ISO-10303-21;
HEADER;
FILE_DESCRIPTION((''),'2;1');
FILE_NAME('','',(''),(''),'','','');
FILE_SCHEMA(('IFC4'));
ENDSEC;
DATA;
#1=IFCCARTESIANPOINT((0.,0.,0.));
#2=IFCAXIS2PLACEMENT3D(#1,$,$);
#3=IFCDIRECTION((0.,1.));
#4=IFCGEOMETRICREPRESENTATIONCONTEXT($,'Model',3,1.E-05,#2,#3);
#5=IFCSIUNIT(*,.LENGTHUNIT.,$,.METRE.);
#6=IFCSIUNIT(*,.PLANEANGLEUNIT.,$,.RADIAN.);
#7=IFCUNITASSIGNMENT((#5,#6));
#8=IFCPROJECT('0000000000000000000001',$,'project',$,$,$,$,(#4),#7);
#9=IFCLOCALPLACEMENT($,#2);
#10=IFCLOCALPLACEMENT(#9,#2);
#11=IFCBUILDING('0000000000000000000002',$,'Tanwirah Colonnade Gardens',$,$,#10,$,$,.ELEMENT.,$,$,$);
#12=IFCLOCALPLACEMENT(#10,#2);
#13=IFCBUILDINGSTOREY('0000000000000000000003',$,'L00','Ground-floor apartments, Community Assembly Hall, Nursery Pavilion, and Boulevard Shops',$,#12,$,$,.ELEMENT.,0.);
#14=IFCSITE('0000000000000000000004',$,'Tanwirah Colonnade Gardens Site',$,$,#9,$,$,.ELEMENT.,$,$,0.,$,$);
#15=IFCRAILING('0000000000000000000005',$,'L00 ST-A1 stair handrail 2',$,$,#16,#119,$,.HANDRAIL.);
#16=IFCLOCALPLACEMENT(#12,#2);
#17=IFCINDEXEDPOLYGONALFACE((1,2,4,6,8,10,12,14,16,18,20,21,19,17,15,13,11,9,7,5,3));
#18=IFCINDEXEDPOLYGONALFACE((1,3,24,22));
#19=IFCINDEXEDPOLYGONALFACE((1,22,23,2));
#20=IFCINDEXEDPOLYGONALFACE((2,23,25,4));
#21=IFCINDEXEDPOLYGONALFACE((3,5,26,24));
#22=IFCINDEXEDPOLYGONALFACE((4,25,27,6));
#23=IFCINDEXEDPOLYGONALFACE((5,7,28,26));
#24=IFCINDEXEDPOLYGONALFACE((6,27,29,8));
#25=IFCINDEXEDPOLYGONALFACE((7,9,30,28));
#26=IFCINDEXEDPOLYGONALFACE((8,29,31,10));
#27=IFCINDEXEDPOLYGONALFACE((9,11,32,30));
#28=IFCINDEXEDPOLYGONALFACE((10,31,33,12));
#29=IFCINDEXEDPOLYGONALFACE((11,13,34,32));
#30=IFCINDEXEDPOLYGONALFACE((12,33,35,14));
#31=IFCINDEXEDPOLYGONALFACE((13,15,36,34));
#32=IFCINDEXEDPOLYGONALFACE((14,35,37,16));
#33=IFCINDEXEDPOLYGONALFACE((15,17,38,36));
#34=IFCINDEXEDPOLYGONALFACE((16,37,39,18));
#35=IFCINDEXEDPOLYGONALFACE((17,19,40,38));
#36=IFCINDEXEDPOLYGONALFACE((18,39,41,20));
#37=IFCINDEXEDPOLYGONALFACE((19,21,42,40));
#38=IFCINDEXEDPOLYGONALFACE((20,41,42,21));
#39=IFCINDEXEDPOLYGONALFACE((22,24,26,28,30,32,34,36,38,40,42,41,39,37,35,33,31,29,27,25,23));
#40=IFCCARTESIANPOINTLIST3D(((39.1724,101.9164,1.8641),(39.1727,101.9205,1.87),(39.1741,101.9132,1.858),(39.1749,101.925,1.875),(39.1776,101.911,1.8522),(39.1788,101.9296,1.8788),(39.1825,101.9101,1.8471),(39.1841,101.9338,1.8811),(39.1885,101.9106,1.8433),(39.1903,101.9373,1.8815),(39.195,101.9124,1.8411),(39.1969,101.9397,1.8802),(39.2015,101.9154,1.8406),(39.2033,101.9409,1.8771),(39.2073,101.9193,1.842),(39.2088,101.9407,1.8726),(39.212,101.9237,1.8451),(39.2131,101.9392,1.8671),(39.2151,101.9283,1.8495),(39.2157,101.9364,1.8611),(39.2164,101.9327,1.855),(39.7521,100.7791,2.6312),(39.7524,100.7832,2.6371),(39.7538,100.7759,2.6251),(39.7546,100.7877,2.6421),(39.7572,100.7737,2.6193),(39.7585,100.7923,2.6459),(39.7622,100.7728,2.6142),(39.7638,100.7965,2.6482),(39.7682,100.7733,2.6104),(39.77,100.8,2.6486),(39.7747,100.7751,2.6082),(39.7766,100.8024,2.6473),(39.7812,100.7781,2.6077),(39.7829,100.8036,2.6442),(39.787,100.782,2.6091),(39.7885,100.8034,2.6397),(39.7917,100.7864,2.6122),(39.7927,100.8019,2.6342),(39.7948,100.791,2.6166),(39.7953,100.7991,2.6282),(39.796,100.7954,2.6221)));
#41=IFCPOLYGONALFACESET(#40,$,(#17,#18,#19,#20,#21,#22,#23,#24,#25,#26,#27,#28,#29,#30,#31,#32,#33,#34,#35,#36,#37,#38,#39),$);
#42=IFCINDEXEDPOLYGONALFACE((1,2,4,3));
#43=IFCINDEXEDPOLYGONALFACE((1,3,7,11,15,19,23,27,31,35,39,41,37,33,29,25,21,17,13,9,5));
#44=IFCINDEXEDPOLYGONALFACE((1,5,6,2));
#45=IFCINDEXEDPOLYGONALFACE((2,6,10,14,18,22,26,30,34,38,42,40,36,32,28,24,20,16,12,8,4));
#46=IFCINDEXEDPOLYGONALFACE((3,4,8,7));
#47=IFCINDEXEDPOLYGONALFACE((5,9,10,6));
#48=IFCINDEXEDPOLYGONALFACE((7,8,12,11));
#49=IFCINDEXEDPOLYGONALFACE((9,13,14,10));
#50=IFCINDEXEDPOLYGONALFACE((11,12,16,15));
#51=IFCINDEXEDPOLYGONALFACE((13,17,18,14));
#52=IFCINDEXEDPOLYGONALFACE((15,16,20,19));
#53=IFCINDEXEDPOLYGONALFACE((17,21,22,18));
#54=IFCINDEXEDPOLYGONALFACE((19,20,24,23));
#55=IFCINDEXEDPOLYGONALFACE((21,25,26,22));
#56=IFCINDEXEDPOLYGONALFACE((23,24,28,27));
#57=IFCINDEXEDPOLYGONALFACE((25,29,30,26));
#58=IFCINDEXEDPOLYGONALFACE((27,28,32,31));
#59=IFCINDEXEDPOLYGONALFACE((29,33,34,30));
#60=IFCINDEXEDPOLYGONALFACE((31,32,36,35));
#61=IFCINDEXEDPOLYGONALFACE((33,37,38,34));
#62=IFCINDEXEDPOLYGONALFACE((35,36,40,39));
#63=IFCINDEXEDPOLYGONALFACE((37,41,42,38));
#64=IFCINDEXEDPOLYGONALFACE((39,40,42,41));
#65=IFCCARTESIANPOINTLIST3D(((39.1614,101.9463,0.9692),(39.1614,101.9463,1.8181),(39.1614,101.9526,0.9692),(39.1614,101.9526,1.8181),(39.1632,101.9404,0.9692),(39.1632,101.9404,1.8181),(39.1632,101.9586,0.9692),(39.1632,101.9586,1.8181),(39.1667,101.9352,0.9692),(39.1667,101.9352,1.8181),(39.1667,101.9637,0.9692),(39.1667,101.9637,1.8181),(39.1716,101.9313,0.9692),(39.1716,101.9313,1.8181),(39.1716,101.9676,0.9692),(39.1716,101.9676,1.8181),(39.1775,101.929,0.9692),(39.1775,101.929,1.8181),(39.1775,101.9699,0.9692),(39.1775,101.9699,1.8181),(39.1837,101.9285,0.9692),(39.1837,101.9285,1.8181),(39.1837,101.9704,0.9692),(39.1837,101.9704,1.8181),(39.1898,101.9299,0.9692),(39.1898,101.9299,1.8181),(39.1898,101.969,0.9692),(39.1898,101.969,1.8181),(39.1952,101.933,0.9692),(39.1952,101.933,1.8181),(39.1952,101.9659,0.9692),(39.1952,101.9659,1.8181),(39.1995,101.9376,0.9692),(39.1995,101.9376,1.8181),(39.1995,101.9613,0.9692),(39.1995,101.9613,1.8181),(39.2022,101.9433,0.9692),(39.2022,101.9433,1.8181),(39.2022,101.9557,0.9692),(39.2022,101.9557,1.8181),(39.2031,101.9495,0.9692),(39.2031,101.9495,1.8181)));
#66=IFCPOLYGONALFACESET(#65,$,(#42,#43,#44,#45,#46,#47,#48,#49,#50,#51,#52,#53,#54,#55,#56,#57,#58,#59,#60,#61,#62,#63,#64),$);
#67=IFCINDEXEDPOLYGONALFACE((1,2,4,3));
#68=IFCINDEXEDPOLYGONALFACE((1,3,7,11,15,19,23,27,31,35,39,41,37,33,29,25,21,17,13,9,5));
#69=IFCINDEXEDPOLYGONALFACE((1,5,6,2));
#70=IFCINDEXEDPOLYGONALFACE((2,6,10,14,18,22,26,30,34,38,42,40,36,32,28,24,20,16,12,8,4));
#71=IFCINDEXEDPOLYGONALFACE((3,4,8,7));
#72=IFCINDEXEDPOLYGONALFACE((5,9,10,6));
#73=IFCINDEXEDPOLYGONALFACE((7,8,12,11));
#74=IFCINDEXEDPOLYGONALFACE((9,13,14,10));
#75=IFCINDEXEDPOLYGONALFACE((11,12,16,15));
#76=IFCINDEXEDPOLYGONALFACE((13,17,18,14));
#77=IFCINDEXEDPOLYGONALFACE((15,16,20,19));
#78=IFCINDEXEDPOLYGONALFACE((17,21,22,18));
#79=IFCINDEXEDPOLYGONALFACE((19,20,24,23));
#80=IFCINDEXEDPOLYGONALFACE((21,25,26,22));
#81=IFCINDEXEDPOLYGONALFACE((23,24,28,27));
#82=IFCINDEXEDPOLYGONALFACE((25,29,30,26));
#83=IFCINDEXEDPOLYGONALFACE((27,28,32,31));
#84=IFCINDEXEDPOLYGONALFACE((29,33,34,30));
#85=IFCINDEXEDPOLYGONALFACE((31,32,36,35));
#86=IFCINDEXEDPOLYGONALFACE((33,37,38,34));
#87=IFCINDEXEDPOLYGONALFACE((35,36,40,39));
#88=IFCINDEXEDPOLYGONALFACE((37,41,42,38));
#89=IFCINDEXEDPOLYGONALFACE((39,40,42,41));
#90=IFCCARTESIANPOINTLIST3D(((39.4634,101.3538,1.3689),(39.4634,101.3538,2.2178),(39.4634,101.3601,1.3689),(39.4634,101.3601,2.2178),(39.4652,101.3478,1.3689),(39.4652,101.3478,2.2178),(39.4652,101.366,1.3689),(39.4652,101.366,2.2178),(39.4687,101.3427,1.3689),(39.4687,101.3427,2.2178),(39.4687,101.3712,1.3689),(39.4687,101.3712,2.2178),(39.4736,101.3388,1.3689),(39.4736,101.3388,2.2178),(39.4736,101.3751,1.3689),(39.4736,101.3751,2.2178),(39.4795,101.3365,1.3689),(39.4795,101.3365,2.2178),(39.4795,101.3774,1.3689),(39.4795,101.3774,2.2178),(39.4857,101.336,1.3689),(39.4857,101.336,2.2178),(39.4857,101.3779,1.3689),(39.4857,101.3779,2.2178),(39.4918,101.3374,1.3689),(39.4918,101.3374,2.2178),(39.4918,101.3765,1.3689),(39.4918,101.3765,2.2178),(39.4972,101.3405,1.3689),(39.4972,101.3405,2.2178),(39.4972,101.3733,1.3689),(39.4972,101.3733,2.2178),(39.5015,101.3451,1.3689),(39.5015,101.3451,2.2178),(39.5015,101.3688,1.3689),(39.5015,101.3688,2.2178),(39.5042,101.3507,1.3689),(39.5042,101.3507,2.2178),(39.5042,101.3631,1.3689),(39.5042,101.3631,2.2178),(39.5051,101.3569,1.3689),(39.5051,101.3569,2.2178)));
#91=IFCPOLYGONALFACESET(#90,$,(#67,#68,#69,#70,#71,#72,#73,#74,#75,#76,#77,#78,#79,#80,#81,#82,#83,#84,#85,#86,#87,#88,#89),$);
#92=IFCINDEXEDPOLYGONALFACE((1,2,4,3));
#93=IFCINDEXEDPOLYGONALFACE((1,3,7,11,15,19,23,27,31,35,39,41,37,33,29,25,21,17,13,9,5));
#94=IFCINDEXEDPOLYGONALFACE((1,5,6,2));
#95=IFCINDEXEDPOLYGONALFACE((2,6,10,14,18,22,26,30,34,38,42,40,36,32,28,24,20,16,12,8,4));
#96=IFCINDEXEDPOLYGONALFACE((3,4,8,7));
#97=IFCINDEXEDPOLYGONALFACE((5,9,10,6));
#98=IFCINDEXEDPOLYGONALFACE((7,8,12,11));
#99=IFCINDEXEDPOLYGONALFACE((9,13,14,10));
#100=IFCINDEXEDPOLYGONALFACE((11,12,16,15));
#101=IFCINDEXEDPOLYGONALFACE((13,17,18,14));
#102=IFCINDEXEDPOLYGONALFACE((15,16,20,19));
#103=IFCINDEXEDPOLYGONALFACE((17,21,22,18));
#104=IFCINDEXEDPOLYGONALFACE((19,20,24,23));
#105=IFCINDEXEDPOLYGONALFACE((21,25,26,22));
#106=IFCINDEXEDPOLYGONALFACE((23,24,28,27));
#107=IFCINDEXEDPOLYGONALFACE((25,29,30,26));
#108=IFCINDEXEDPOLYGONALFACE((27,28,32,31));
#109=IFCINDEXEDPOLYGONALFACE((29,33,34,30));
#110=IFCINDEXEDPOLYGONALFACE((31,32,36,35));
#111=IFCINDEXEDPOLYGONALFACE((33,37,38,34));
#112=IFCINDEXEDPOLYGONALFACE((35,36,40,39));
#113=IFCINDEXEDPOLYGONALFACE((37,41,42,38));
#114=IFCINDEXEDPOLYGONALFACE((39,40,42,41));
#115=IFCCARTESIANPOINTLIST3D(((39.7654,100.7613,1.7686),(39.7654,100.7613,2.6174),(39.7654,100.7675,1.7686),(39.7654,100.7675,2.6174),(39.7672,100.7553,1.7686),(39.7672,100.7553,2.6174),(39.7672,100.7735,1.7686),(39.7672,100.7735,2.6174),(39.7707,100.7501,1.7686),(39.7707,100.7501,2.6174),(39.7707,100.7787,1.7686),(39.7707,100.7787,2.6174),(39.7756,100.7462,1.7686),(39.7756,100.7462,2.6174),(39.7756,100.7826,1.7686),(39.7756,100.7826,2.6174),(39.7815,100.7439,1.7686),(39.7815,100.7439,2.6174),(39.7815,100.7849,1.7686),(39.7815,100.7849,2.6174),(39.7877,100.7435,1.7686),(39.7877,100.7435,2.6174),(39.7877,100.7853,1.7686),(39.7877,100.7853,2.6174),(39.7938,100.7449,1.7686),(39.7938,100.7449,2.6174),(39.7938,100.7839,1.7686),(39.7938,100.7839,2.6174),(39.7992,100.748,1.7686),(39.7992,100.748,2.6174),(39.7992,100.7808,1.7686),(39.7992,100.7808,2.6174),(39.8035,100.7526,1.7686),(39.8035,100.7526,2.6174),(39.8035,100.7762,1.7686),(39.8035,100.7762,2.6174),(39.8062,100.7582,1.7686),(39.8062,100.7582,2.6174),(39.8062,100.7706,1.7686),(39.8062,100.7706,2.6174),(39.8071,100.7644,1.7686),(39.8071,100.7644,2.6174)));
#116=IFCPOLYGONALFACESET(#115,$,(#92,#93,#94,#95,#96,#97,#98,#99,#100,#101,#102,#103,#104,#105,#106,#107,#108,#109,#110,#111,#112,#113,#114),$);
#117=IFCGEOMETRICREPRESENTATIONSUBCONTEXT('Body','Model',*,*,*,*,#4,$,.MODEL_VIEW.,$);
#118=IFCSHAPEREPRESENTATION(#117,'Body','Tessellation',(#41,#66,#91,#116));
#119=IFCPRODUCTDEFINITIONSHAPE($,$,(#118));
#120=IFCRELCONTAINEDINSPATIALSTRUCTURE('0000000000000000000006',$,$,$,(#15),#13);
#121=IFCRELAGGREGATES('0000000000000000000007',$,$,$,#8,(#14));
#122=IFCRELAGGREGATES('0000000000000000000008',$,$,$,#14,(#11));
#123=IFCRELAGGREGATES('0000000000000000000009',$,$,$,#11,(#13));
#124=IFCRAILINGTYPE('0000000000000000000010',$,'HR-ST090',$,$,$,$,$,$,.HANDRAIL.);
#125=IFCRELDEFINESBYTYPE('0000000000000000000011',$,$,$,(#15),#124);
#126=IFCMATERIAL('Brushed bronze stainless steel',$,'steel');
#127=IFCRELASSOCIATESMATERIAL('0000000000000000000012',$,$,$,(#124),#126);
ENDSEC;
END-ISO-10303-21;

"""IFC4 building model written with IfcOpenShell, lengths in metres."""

from ifc_helpers import new_model, si_unit, direction, frame, origin, origin_2d, place, context, subcontext, project, spatial, circle, extrude, material, type_object, element, save


model = new_model("IFC4")

# Units and contexts
model_context = context("Model", 3, precision=1e-05, world=origin(), true_north=direction((0.0, 1.0)))
body_context = subcontext(model_context, "Body", "Model", "MODEL_VIEW")
ifc_project = project(units=[si_unit("LENGTHUNIT", "METRE"), si_unit("PLANEANGLEUNIT", "RADIAN")], contexts=[model_context])

# Site, building, storey
site_placement = place(None, origin())
site = spatial("IfcSite", under=ifc_project, at=site_placement, Name="Tanwirah Colonnade Gardens Site", CompositionType="ELEMENT", RefElevation=0.0)
building_placement = place(site_placement, origin())
building = spatial("IfcBuilding", under=site, at=building_placement, Name="Tanwirah Colonnade Gardens", CompositionType="ELEMENT")
storey_placement = place(building_placement, origin())
storey = spatial("IfcBuildingStorey", under=building, at=storey_placement, Name="L00", Description="Ground-floor apartments, Community Assembly Hall, Nursery Pavilion, and Boulevard Shops", CompositionType="ELEMENT", Elevation=0.0)

# Railing
ifc_material_1 = material(Name="Brushed bronze stainless steel", Category="steel")
railing_type_1 = type_object("IfcRailingType", Name="HR-ST090", PredefinedType="HANDRAIL", material=ifc_material_1)
railing_1_placement = place(storey_placement, frame((39.1821, 101.9495, 0.9692)))
element("IfcRailing", 1, at=railing_1_placement, inside=storey, type_object=railing_type_1, Name="L00 ST-A1 stair handrail 2", PredefinedType="HANDRAIL", context=body_context, shape_type="SweptSolid", body=[
    extrude(circle(Radius=0.0239, at=origin_2d()), frame((0.0122, -0.0239, 0.8918), z_axis=(0.389227, -0.763666, 0.515089), x_axis=(0.89095, 0.454102, 0.0)), (0.0, 0.0, 1.0), 1.4893),
    extrude(circle(Radius=0.021, at=origin_2d()), origin(), (0.0, 0.0, 1.0), 0.8489),
    extrude(circle(Radius=0.021, at=origin_2d()), frame((0.302, -0.5925, 0.3997)), (0.0, 0.0, 1.0), 0.8489),
    extrude(circle(Radius=0.021, at=origin_2d()), frame((0.604, -1.1851, 0.7993)), (0.0, 0.0, 1.0), 0.8489),
])

save(model, "model.ifc")
